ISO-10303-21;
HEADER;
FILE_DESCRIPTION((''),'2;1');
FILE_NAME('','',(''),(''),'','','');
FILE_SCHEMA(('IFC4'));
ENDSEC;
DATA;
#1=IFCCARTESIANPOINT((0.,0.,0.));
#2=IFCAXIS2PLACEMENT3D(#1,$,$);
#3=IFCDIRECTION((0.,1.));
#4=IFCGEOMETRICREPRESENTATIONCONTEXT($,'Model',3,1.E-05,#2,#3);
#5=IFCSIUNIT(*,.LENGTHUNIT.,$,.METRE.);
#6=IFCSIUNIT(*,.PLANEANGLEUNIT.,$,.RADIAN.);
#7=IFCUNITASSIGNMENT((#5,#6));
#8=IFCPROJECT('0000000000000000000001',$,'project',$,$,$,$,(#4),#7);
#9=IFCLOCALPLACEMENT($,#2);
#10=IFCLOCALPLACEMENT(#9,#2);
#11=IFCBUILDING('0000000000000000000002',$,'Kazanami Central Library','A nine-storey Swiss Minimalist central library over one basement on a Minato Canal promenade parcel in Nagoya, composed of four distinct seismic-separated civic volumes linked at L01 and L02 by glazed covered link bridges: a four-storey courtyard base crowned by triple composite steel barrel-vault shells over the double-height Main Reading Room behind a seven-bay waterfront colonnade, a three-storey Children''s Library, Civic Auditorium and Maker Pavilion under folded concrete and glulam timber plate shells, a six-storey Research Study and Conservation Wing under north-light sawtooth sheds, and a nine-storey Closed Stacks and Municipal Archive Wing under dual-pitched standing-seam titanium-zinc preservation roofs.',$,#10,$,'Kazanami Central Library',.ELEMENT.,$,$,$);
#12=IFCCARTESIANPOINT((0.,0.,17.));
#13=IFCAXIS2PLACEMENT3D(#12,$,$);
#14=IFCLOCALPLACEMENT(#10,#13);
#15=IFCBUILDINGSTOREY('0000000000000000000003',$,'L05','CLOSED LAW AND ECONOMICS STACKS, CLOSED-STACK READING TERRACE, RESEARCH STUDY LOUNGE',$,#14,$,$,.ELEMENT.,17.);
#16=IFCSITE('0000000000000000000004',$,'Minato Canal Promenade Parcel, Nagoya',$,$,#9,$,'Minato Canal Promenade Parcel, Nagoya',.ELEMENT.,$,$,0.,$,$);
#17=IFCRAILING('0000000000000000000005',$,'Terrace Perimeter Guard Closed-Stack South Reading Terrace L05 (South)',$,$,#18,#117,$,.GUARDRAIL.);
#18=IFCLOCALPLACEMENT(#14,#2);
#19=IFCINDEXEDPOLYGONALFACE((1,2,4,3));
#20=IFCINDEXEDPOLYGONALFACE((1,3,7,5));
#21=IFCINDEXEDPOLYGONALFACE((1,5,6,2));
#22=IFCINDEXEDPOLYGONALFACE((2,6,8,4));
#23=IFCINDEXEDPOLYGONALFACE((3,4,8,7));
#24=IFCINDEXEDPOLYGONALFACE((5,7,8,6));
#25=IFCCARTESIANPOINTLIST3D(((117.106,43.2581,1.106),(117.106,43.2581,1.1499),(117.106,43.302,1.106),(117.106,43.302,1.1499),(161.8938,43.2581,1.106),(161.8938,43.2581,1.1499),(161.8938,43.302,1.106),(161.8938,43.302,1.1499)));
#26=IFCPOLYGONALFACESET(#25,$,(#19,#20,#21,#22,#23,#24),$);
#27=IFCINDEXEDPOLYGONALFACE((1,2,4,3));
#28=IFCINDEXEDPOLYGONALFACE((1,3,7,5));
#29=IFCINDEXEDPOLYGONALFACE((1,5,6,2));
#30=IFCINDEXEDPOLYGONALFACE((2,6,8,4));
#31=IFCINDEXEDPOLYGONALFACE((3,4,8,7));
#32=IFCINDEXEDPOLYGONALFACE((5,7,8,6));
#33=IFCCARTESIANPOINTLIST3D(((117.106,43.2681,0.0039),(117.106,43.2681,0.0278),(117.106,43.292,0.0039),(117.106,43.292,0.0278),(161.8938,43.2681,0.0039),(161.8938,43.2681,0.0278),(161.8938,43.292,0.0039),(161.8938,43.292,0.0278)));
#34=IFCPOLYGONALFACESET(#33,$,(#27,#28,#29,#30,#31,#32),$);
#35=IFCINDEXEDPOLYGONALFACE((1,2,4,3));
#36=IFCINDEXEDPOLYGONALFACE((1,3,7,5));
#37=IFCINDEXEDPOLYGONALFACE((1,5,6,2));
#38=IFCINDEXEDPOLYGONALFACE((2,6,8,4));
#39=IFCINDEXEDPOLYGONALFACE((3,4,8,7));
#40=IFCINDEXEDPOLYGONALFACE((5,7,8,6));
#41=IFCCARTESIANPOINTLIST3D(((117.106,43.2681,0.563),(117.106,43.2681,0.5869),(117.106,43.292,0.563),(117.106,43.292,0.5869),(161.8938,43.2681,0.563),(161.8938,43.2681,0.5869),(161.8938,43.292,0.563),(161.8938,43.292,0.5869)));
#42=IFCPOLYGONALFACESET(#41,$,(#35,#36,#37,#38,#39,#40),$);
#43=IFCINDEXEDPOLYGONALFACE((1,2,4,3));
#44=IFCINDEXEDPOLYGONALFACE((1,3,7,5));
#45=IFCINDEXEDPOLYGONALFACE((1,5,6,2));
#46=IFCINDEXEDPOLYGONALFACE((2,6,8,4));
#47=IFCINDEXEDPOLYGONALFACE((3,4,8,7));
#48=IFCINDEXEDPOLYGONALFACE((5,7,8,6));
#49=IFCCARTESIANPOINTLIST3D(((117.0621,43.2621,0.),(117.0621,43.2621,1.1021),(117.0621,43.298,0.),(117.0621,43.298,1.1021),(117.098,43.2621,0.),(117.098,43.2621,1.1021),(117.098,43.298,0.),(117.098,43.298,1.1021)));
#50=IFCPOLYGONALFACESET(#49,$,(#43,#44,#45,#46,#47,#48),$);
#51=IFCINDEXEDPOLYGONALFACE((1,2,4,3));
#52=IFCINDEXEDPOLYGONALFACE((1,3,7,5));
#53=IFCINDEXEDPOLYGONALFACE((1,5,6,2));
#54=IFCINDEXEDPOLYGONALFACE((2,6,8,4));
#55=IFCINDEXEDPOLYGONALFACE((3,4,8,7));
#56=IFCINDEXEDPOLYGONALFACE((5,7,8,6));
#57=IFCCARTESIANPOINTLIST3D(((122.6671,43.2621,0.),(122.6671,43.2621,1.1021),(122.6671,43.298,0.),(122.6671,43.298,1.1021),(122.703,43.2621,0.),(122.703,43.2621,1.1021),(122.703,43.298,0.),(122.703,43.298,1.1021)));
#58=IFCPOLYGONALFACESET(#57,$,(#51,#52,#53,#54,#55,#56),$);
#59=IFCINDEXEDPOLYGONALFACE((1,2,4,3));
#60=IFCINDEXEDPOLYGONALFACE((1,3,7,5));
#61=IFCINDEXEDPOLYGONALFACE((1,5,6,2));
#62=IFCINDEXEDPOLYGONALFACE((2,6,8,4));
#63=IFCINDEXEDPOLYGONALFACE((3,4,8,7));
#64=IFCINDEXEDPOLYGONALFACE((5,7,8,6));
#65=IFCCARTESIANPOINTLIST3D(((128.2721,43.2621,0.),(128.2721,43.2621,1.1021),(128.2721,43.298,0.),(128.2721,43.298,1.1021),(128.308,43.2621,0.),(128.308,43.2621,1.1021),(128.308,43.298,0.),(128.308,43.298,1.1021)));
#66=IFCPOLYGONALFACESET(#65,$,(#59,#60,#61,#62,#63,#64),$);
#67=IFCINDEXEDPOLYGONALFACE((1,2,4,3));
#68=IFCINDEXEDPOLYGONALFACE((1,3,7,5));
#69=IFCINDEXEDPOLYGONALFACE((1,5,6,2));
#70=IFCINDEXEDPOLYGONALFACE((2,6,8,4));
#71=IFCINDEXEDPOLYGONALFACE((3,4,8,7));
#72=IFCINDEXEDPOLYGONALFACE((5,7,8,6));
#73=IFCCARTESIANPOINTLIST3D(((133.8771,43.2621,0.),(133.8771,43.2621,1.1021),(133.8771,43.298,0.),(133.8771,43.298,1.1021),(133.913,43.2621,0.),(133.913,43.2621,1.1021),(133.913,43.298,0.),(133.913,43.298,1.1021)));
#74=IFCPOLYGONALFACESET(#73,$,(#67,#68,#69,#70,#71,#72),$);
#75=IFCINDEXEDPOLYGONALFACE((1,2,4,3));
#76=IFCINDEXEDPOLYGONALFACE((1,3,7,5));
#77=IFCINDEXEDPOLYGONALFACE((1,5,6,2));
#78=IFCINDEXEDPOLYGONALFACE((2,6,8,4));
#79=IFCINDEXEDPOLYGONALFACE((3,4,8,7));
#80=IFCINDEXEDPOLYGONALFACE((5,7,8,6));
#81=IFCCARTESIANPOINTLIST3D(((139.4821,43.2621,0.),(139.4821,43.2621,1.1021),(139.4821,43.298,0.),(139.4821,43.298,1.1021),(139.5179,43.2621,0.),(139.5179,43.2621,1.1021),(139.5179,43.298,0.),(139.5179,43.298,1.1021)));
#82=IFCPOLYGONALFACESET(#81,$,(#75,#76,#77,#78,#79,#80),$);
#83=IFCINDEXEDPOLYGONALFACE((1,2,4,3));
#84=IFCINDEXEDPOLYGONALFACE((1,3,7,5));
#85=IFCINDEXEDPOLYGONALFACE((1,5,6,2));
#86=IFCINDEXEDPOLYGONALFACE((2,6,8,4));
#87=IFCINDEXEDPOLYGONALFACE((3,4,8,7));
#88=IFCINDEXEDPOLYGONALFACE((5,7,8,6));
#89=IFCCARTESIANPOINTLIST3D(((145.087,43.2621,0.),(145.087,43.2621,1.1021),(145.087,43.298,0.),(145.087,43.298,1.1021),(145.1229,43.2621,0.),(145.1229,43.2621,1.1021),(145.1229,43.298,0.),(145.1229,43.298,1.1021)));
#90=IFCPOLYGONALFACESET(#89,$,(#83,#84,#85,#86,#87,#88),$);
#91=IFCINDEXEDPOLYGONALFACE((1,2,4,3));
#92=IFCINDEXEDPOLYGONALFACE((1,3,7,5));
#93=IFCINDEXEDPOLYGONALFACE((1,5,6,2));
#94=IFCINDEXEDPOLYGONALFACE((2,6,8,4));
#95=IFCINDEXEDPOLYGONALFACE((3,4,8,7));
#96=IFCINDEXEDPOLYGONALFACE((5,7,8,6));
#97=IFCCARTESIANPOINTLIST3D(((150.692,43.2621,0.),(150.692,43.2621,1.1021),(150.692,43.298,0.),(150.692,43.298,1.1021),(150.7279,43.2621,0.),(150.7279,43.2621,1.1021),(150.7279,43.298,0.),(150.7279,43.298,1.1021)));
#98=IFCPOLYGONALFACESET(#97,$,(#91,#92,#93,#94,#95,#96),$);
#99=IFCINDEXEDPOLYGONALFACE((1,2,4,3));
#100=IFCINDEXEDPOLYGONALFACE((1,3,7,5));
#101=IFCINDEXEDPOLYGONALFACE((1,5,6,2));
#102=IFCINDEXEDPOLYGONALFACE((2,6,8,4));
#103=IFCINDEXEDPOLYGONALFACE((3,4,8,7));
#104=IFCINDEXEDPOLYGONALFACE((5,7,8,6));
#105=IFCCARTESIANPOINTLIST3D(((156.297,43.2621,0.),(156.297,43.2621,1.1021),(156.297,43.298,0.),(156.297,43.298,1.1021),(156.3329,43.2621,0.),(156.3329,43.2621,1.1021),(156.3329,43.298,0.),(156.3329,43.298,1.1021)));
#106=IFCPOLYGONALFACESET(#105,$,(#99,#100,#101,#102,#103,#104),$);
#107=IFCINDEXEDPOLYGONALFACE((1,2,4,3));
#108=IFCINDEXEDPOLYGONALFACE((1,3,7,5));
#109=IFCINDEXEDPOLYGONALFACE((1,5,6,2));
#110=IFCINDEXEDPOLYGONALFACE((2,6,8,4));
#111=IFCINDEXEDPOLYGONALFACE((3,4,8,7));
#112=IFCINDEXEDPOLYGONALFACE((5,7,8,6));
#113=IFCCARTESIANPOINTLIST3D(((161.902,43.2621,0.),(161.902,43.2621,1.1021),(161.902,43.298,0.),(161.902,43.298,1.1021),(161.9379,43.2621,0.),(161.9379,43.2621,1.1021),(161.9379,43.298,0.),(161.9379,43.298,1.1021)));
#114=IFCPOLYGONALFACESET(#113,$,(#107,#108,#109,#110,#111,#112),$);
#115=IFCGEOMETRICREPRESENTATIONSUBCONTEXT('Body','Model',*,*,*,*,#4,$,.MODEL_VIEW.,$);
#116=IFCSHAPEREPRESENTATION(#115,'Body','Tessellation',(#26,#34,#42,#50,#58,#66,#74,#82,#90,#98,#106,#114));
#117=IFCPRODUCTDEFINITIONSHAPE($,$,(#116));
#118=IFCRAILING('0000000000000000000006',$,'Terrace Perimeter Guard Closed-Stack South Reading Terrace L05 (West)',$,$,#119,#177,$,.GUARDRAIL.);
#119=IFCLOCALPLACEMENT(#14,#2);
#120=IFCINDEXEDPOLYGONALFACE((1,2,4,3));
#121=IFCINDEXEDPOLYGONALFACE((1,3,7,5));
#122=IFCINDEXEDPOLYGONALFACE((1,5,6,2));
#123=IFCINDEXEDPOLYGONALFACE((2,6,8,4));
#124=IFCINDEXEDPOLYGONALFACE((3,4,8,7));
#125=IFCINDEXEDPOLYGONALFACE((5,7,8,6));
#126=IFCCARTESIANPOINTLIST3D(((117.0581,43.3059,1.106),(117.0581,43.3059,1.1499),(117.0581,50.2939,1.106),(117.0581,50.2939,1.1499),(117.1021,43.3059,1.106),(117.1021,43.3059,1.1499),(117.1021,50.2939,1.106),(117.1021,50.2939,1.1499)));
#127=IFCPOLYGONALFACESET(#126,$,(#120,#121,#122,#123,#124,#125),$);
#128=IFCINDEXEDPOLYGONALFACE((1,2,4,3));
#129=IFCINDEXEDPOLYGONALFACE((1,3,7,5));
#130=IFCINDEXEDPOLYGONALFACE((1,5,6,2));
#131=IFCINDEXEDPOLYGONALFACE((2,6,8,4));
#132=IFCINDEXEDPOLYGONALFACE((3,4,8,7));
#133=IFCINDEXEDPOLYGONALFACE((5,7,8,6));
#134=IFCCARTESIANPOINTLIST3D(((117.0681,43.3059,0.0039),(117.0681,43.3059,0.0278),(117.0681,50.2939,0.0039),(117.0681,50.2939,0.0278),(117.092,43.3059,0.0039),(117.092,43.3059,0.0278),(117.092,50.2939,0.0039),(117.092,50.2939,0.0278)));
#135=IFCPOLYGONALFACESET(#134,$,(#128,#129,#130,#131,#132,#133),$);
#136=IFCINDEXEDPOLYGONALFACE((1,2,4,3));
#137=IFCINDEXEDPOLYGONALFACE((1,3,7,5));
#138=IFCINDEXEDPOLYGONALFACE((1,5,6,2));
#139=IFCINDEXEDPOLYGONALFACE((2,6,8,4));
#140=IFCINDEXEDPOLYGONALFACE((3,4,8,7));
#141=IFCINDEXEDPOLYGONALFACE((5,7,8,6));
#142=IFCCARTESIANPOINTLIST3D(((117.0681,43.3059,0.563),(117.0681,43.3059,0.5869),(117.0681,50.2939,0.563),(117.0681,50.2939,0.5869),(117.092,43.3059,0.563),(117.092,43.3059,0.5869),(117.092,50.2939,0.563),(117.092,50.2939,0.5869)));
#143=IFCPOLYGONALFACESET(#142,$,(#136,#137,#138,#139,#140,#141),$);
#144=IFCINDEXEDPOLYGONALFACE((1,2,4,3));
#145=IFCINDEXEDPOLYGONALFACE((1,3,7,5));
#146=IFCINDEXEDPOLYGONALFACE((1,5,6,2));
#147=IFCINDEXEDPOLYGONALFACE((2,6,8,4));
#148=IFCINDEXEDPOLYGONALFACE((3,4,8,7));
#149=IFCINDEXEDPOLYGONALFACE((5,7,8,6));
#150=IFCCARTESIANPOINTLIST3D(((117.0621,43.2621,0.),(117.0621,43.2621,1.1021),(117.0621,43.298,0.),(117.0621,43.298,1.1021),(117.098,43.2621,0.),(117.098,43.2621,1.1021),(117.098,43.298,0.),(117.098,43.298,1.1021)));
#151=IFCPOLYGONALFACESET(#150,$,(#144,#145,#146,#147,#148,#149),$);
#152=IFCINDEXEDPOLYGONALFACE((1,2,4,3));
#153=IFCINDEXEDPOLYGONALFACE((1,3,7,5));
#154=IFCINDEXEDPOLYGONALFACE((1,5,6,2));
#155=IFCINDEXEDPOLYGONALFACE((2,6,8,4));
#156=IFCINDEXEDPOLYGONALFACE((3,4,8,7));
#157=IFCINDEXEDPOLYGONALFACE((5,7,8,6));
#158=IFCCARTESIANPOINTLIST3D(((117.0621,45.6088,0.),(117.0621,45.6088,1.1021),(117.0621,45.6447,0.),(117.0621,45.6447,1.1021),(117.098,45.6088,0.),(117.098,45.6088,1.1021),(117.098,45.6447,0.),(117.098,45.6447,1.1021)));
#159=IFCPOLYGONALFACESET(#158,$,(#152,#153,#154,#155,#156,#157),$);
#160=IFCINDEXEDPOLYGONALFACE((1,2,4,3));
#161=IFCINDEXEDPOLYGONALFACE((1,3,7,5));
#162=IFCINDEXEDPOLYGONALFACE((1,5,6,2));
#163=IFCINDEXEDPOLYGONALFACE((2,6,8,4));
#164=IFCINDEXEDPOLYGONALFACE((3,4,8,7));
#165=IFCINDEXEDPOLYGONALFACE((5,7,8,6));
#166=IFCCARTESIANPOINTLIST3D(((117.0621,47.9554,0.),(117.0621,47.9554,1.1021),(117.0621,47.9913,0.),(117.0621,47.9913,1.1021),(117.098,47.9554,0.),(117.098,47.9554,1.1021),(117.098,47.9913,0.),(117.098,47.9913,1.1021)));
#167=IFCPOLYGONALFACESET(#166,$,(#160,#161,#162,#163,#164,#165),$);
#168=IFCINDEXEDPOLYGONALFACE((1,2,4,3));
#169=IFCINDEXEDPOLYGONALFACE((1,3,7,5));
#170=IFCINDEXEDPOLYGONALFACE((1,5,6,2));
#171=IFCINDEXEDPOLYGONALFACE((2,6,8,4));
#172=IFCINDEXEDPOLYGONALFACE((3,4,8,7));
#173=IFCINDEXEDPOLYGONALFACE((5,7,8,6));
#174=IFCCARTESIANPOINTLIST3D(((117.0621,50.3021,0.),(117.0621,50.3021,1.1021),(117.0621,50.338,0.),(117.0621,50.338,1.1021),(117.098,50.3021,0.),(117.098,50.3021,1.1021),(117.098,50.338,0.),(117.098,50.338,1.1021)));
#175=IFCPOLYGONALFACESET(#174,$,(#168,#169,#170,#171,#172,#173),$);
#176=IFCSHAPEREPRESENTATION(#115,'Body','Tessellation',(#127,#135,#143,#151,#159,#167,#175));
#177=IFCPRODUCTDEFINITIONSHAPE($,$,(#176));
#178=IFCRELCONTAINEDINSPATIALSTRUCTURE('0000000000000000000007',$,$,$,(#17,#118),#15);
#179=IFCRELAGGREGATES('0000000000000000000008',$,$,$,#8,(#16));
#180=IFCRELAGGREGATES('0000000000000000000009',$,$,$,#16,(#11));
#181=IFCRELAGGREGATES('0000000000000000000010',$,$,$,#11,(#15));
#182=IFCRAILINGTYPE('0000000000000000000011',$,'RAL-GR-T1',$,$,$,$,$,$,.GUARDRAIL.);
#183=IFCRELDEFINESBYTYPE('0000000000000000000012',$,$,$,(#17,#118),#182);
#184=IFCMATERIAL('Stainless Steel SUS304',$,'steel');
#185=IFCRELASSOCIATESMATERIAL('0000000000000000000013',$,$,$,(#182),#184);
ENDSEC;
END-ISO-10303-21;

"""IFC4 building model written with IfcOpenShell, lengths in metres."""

from ifc_helpers import new_model, si_unit, direction, frame, origin, origin_2d, place, context, subcontext, project, spatial, rectangle, extrude, material, type_object, element, save


model = new_model("IFC4")

# Units and contexts
model_context = context("Model", 3, precision=1e-05, world=origin(), true_north=direction((0.0, 1.0)))
body_context = subcontext(model_context, "Body", "Model", "MODEL_VIEW")
ifc_project = project(units=[si_unit("LENGTHUNIT", "METRE"), si_unit("PLANEANGLEUNIT", "RADIAN")], contexts=[model_context])

# Site, building, storey
site_placement = place(None, origin())
site = spatial("IfcSite", under=ifc_project, at=site_placement, Name="Minato Canal Promenade Parcel, Nagoya", LongName="Minato Canal Promenade Parcel, Nagoya", CompositionType="ELEMENT", RefElevation=0.0)
building_placement = place(site_placement, origin())
building = spatial("IfcBuilding", under=site, at=building_placement, Name="Kazanami Central Library", Description="A nine-storey Swiss Minimalist central library over one basement on a Minato Canal promenade parcel in Nagoya, composed of four distinct seismic-separated civic volumes linked at L01 and L02 by glazed covered link bridges: a four-storey courtyard base crowned by triple composite steel barrel-vault shells over the double-height Main Reading Room behind a seven-bay waterfront colonnade, a three-storey Children's Library, Civic Auditorium and Maker Pavilion under folded concrete and glulam timber plate shells, a six-storey Research Study and Conservation Wing under north-light sawtooth sheds, and a nine-storey Closed Stacks and Municipal Archive Wing under dual-pitched standing-seam titanium-zinc preservation roofs.", LongName="Kazanami Central Library", CompositionType="ELEMENT")
storey_placement = place(building_placement, frame((0.0, 0.0, 17.0)))
storey = spatial("IfcBuildingStorey", under=building, at=storey_placement, Name="L05", Description="CLOSED LAW AND ECONOMICS STACKS, CLOSED-STACK READING TERRACE, RESEARCH STUDY LOUNGE", CompositionType="ELEMENT", Elevation=17.0)

# Railings
ifc_material_1 = material(Name="Stainless Steel SUS304", Category="steel")
railing_type = type_object("IfcRailingType", Name="RAL-GR-T1", PredefinedType="GUARDRAIL", material=ifc_material_1)
railing_1_placement = place(storey_placement, frame((117.0801, 43.28, 0.0)))
element("IfcRailing", 1, at=railing_1_placement, inside=storey, type_object=railing_type, Name="Terrace Perimeter Guard Closed-Stack South Reading Terrace L05 (South)", PredefinedType="GUARDRAIL", context=body_context, shape_type="SweptSolid", body=[
    extrude(rectangle(XDim=0.0439, YDim=0.0439, at=origin_2d()), frame((0.0259, 0.0, 1.1279), z_axis=(1.0, 0.0, 0.0), x_axis=(0.0, 1.0, 0.0)), (0.0, 0.0, 1.0), 44.7878),
    extrude(rectangle(XDim=0.0239, YDim=0.0239, at=origin_2d()), frame((0.0259, 0.0, 0.0159), z_axis=(1.0, 0.0, 0.0), x_axis=(0.0, 1.0, 0.0)), (0.0, 0.0, 1.0), 44.7878),
    extrude(rectangle(XDim=0.0239, YDim=0.0239, at=origin_2d()), frame((0.0259, 0.0, 0.575), z_axis=(1.0, 0.0, 0.0), x_axis=(0.0, 1.0, 0.0)), (0.0, 0.0, 1.0), 44.7878),
    extrude(rectangle(XDim=0.0359, YDim=0.0359, at=origin_2d()), origin(), (0.0, 0.0, 1.0), 1.1021),
    extrude(rectangle(XDim=0.0359, YDim=0.0359, at=origin_2d()), frame((5.605, 0.0, 0.0)), (0.0, 0.0, 1.0), 1.1021),
    extrude(rectangle(XDim=0.0359, YDim=0.0359, at=origin_2d()), frame((11.21, 0.0, 0.0)), (0.0, 0.0, 1.0), 1.1021),
    extrude(rectangle(XDim=0.0359, YDim=0.0359, at=origin_2d()), frame((16.8149, 0.0, 0.0)), (0.0, 0.0, 1.0), 1.1021),
    extrude(rectangle(XDim=0.0359, YDim=0.0359, at=origin_2d()), frame((22.4199, 0.0, 0.0)), (0.0, 0.0, 1.0), 1.1021),
    extrude(rectangle(XDim=0.0359, YDim=0.0359, at=origin_2d()), frame((28.0249, 0.0, 0.0)), (0.0, 0.0, 1.0), 1.1021),
    extrude(rectangle(XDim=0.0359, YDim=0.0359, at=origin_2d()), frame((33.6299, 0.0, 0.0)), (0.0, 0.0, 1.0), 1.1021),
    extrude(rectangle(XDim=0.0359, YDim=0.0359, at=origin_2d()), frame((39.2349, 0.0, 0.0)), (0.0, 0.0, 1.0), 1.1021),
    extrude(rectangle(XDim=0.0359, YDim=0.0359, at=origin_2d()), frame((44.8398, 0.0, 0.0)), (0.0, 0.0, 1.0), 1.1021),
])
railing_2_placement = place(storey_placement, frame((117.0801, 43.28, 0.0)))
element("IfcRailing", 2, at=railing_2_placement, inside=storey, type_object=railing_type, Name="Terrace Perimeter Guard Closed-Stack South Reading Terrace L05 (West)", PredefinedType="GUARDRAIL", context=body_context, shape_type="SweptSolid", body=[
    extrude(rectangle(XDim=0.0439, YDim=0.0439, at=origin_2d()), frame((0.0, 0.0259, 1.1279), z_axis=(0.0, 1.0, 0.0), x_axis=(-1.0, 0.0, 0.0)), (0.0, 0.0, 1.0), 6.988),
    extrude(rectangle(XDim=0.0239, YDim=0.0239, at=origin_2d()), frame((0.0, 0.0259, 0.0159), z_axis=(0.0, 1.0, 0.0), x_axis=(-1.0, 0.0, 0.0)), (0.0, 0.0, 1.0), 6.988),
    extrude(rectangle(XDim=0.0239, YDim=0.0239, at=origin_2d()), frame((0.0, 0.0259, 0.575), z_axis=(0.0, 1.0, 0.0), x_axis=(-1.0, 0.0, 0.0)), (0.0, 0.0, 1.0), 6.988),
    extrude(rectangle(XDim=0.0359, YDim=0.0359, at=origin_2d()), origin(), (0.0, 0.0, 1.0), 1.1021),
    extrude(rectangle(XDim=0.0359, YDim=0.0359, at=origin_2d()), frame((0.0, 2.3467, 0.0)), (0.0, 0.0, 1.0), 1.1021),
    extrude(rectangle(XDim=0.0359, YDim=0.0359, at=origin_2d()), frame((0.0, 4.6934, 0.0)), (0.0, 0.0, 1.0), 1.1021),
    extrude(rectangle(XDim=0.0359, YDim=0.0359, at=origin_2d()), frame((0.0, 7.04, 0.0)), (0.0, 0.0, 1.0), 1.1021),
])

save(model, "model.ifc")
